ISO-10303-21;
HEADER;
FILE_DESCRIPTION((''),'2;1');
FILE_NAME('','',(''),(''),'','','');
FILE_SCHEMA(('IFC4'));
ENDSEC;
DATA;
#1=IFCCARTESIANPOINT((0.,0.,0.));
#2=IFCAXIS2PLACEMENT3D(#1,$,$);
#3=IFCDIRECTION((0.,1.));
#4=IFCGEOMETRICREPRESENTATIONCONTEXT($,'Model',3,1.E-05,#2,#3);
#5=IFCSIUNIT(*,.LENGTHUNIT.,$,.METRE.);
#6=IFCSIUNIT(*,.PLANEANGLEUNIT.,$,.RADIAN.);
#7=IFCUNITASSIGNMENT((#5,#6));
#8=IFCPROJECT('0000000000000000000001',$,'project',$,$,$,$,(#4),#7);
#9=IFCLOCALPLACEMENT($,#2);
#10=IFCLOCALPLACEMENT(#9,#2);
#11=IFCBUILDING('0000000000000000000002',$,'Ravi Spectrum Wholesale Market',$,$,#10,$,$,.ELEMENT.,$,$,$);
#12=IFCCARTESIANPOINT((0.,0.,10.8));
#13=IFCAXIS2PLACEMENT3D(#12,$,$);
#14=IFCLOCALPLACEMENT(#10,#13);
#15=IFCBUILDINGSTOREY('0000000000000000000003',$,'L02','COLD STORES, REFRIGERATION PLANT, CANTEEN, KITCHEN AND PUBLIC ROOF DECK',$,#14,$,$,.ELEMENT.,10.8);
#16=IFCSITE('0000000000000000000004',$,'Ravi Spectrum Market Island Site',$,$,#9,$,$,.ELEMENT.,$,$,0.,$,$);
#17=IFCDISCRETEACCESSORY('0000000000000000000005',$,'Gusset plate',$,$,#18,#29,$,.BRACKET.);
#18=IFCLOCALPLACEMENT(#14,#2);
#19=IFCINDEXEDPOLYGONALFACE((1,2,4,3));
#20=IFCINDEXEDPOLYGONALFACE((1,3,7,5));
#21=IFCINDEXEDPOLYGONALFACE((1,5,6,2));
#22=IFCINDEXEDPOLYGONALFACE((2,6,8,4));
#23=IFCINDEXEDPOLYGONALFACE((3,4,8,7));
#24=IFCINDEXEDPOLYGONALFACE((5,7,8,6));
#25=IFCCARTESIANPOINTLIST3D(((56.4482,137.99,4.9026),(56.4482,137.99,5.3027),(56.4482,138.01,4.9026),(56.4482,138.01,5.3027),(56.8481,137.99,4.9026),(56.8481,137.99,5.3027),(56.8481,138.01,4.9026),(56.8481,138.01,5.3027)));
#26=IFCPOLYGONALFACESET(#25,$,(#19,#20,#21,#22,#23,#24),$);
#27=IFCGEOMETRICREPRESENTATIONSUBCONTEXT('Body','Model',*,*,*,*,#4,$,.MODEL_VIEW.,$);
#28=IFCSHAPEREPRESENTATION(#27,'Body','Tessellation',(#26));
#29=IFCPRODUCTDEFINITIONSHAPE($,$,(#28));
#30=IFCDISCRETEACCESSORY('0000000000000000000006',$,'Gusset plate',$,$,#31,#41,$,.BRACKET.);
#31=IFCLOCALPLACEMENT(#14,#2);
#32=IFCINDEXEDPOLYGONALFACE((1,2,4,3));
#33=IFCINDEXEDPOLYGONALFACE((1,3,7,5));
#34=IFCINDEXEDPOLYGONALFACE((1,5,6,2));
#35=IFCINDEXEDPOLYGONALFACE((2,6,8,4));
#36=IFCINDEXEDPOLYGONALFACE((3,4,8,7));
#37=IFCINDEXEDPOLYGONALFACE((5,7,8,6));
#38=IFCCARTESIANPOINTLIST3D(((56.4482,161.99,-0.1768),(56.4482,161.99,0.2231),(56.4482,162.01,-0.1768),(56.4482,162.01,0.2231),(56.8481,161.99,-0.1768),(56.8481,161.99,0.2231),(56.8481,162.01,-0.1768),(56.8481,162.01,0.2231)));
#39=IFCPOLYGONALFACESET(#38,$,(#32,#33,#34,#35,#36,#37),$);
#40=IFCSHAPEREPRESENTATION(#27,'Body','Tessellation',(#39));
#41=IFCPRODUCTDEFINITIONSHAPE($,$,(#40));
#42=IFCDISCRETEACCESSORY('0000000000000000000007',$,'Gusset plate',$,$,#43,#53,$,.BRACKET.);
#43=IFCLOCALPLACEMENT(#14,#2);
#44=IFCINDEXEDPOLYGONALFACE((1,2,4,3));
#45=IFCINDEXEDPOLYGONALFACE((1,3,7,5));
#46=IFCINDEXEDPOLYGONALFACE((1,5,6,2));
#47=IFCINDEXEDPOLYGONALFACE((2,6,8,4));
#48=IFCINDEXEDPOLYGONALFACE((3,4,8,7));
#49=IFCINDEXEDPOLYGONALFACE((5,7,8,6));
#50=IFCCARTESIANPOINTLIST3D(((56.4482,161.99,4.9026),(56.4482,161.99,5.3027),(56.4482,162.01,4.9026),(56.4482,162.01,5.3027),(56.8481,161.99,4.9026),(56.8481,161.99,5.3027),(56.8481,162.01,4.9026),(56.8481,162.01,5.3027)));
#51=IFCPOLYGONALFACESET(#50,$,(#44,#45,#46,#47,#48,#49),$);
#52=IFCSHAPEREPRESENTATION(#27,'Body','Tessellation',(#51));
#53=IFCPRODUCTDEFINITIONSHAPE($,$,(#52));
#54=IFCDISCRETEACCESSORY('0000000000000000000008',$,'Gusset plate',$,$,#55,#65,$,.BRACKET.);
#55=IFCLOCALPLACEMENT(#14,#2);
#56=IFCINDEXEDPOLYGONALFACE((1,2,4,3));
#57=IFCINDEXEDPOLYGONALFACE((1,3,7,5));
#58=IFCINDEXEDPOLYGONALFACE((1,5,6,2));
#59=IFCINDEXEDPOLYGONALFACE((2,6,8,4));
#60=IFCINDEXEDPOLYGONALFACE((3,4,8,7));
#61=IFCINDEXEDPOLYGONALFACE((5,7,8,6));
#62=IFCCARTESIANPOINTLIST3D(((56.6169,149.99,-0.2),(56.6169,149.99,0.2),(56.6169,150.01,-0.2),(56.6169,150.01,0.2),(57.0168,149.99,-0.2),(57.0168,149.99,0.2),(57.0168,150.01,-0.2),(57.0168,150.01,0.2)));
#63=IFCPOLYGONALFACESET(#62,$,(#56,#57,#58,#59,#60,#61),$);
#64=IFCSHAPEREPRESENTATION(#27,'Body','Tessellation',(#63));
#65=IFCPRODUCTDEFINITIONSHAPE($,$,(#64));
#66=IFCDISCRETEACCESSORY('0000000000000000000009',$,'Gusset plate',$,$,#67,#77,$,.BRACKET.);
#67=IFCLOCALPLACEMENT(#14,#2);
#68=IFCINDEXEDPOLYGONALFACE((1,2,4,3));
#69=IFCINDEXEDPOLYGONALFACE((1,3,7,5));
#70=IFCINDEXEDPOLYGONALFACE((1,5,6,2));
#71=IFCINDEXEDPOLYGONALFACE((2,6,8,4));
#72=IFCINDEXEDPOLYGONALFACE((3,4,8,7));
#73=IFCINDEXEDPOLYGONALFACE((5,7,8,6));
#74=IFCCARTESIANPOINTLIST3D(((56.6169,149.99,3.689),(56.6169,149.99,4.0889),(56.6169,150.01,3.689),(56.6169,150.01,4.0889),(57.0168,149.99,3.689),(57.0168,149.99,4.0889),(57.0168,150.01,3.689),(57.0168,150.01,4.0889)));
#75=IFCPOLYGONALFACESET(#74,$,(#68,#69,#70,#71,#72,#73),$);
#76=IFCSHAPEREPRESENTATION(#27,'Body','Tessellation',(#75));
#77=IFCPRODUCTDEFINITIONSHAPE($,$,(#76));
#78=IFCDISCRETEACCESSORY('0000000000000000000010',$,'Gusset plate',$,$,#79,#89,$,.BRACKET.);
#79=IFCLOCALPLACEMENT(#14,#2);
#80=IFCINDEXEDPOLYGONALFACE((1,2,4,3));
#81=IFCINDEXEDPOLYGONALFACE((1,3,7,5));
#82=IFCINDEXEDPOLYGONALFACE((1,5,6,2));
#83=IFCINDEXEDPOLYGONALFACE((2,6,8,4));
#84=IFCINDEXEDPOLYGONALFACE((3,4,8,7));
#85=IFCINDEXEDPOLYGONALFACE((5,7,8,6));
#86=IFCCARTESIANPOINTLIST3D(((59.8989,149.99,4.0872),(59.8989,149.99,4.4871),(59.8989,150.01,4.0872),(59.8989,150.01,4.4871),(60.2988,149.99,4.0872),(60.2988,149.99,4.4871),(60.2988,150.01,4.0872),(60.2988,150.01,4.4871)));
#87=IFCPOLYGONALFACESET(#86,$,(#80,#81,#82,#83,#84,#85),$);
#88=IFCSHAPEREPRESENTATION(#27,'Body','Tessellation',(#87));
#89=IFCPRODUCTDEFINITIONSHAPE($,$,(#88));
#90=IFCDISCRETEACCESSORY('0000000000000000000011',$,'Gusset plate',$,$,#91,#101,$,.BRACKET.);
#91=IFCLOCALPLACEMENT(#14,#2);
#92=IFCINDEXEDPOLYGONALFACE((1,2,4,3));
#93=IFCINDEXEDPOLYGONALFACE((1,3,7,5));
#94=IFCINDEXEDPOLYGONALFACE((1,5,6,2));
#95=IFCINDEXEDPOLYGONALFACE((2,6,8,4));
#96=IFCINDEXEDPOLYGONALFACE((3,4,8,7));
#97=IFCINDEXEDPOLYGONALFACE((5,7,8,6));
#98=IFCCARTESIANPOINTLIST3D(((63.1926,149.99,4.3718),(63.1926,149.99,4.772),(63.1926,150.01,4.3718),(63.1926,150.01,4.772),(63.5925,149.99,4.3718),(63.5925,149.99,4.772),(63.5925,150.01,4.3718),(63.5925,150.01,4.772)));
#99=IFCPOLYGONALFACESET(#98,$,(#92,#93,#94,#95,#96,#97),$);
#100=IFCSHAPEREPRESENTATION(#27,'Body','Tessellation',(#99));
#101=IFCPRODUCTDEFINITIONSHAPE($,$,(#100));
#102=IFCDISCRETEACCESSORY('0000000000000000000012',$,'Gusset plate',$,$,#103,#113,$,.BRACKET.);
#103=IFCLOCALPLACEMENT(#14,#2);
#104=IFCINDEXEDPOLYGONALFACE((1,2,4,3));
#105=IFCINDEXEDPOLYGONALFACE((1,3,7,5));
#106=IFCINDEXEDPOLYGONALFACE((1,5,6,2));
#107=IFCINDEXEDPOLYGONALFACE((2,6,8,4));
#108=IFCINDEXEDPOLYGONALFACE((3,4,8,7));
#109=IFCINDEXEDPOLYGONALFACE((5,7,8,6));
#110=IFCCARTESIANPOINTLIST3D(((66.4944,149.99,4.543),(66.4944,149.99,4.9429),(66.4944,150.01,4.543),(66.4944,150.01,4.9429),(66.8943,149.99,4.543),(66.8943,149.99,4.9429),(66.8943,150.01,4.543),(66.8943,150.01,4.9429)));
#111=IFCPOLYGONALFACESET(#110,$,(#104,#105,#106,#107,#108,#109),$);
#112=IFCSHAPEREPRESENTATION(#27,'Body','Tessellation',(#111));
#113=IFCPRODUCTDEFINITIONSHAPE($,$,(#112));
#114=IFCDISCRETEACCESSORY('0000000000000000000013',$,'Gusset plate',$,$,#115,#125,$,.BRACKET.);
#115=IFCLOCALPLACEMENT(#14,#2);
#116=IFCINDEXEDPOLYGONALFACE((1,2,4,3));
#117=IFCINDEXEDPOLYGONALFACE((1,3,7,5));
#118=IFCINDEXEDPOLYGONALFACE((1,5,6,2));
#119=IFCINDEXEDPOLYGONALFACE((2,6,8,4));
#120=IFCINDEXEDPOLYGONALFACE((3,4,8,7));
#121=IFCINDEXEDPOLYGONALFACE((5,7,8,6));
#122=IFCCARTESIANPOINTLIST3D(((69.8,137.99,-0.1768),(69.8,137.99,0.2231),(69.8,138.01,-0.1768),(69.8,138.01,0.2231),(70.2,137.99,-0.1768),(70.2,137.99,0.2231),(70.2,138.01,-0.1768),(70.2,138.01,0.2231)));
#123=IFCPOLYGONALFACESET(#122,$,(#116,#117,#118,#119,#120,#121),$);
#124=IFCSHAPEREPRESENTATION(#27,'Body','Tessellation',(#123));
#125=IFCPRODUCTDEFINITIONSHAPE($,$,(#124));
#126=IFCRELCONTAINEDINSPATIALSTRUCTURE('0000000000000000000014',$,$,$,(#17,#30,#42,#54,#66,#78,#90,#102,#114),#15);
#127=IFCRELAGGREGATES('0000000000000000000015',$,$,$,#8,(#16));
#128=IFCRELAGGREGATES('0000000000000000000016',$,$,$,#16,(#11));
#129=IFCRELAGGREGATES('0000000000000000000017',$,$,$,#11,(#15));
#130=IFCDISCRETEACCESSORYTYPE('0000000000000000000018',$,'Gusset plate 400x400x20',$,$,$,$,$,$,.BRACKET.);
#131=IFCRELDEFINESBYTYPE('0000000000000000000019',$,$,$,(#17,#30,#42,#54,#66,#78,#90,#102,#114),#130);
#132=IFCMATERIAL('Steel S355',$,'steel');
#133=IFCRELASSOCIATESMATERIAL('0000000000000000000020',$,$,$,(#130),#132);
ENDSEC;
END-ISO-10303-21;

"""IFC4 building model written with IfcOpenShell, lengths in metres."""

from ifc_helpers import new_model, si_unit, direction, frame, origin, origin_2d, place, context, subcontext, project, spatial, rectangle, extrude, material, material_profile, profile_set, type_object, element, save


model = new_model("IFC4")

# Units and contexts
model_context = context("Model", 3, precision=1e-05, world=origin(), true_north=direction((0.0, 1.0)))
body_context = subcontext(model_context, "Body", "Model", "MODEL_VIEW")
ifc_project = project(units=[si_unit("LENGTHUNIT", "METRE"), si_unit("PLANEANGLEUNIT", "RADIAN")], contexts=[model_context])

# Site, building, storey
site_placement = place(None, origin())
site = spatial("IfcSite", under=ifc_project, at=site_placement, Name="Ravi Spectrum Market Island Site", CompositionType="ELEMENT", RefElevation=0.0)
building_placement = place(site_placement, origin())
building = spatial("IfcBuilding", under=site, at=building_placement, Name="Ravi Spectrum Wholesale Market", CompositionType="ELEMENT")
storey_placement = place(building_placement, frame((0.0, 0.0, 10.8)))
storey = spatial("IfcBuildingStorey", under=building, at=storey_placement, Name="L02", Description="COLD STORES, REFRIGERATION PLANT, CANTEEN, KITCHEN AND PUBLIC ROOF DECK", CompositionType="ELEMENT", Elevation=10.8)

# Discrete accessories
ifc_material_1 = material(Name="Steel S355", Category="steel")
ifc_material_profile_1 = material_profile(ifc_material_1, rectangle(XDim=0.3999, YDim=0.02, at=origin_2d()))
ifc_profile_set_1 = profile_set([ifc_material_profile_1], Name="Steel S355")
discrete_accessory_type_1 = type_object("IfcDiscreteAccessoryType", Name="Gusset plate 400x400x20", PredefinedType="BRACKET", material=ifc_profile_set_1)
discrete_accessory_1_placement = place(storey_placement, frame((56.6482, 138.0, 4.9026), z_axis=(0.0, 0.0, 1.0), x_axis=(1.0, 0.0, 0.0)))
element("IfcDiscreteAccessory", 1, at=discrete_accessory_1_placement, inside=storey, type_object=discrete_accessory_type_1, Name="Gusset plate", PredefinedType="BRACKET", context=body_context, shape_type="SweptSolid", body=[
    extrude(rectangle(XDim=0.3999, YDim=0.02, at=origin_2d()), origin(), (0.0, 0.0, 1.0), 0.4001),
])
discrete_accessory_2_placement = place(storey_placement, frame((56.6482, 162.0, -0.1768), z_axis=(0.0, 0.0, 1.0), x_axis=(1.0, 0.0, 0.0)))
element("IfcDiscreteAccessory", 2, at=discrete_accessory_2_placement, inside=storey, type_object=discrete_accessory_type_1, Name="Gusset plate", PredefinedType="BRACKET", context=body_context, shape_type="SweptSolid", body=[
    extrude(rectangle(XDim=0.3999, YDim=0.02, at=origin_2d()), origin(), (0.0, 0.0, 1.0), 0.3999),
])
discrete_accessory_3_placement = place(storey_placement, frame((56.6482, 162.0, 4.9026), z_axis=(0.0, 0.0, 1.0), x_axis=(1.0, 0.0, 0.0)))
element("IfcDiscreteAccessory", 3, at=discrete_accessory_3_placement, inside=storey, type_object=discrete_accessory_type_1, Name="Gusset plate", PredefinedType="BRACKET", context=body_context, shape_type="SweptSolid", body=[
    extrude(rectangle(XDim=0.3999, YDim=0.02, at=origin_2d()), origin(), (0.0, 0.0, 1.0), 0.4001),
])
for number, where, z_axis, x_axis, name in (
    (4, (56.8169, 150.0, -0.2), (0.0, 0.0, 1.0), (1.0, 0.0, 0.0), "Gusset plate"),
    (5, (56.8169, 150.0, 3.689), (0.0, 0.0, 1.0), (1.0, 0.0, 0.0), "Gusset plate"),
    (6, (60.0989, 150.0, 4.0872), (0.0, 0.0, 1.0), (1.0, 0.0, 0.0), "Gusset plate"),
):
    element("IfcDiscreteAccessory", number, at=place(storey_placement, frame(where, z_axis=z_axis, x_axis=x_axis)), inside=storey, type_object=discrete_accessory_type_1, Name=name, PredefinedType="BRACKET", context=body_context, shape_type="SweptSolid", body=[
        extrude(rectangle(XDim=0.3999, YDim=0.02, at=origin_2d()), origin(), (0.0, 0.0, 1.0), 0.3999),
    ])
discrete_accessory_4_placement = place(storey_placement, frame((63.3926, 150.0, 4.3718), z_axis=(0.0, 0.0, 1.0), x_axis=(1.0, 0.0, 0.0)))
element("IfcDiscreteAccessory", 7, at=discrete_accessory_4_placement, inside=storey, type_object=discrete_accessory_type_1, Name="Gusset plate", PredefinedType="BRACKET", context=body_context, shape_type="SweptSolid", body=[
    extrude(rectangle(XDim=0.3999, YDim=0.02, at=origin_2d()), origin(), (0.0, 0.0, 1.0), 0.4001),
])
for number, where, z_axis, x_axis, name in (
    (8, (66.6943, 150.0, 4.543), (0.0, 0.0, 1.0), (1.0, 0.0, 0.0), "Gusset plate"),
    (9, (70.0, 138.0, -0.1768), (0.0, 0.0, 1.0), (1.0, 0.0, 0.0), "Gusset plate"),
):
    element("IfcDiscreteAccessory", number, at=place(storey_placement, frame(where, z_axis=z_axis, x_axis=x_axis)), inside=storey, type_object=discrete_accessory_type_1, Name=name, PredefinedType="BRACKET", context=body_context, shape_type="SweptSolid", body=[
        extrude(rectangle(XDim=0.3999, YDim=0.02, at=origin_2d()), origin(), (0.0, 0.0, 1.0), 0.3999),
    ])

save(model, "model.ifc")
